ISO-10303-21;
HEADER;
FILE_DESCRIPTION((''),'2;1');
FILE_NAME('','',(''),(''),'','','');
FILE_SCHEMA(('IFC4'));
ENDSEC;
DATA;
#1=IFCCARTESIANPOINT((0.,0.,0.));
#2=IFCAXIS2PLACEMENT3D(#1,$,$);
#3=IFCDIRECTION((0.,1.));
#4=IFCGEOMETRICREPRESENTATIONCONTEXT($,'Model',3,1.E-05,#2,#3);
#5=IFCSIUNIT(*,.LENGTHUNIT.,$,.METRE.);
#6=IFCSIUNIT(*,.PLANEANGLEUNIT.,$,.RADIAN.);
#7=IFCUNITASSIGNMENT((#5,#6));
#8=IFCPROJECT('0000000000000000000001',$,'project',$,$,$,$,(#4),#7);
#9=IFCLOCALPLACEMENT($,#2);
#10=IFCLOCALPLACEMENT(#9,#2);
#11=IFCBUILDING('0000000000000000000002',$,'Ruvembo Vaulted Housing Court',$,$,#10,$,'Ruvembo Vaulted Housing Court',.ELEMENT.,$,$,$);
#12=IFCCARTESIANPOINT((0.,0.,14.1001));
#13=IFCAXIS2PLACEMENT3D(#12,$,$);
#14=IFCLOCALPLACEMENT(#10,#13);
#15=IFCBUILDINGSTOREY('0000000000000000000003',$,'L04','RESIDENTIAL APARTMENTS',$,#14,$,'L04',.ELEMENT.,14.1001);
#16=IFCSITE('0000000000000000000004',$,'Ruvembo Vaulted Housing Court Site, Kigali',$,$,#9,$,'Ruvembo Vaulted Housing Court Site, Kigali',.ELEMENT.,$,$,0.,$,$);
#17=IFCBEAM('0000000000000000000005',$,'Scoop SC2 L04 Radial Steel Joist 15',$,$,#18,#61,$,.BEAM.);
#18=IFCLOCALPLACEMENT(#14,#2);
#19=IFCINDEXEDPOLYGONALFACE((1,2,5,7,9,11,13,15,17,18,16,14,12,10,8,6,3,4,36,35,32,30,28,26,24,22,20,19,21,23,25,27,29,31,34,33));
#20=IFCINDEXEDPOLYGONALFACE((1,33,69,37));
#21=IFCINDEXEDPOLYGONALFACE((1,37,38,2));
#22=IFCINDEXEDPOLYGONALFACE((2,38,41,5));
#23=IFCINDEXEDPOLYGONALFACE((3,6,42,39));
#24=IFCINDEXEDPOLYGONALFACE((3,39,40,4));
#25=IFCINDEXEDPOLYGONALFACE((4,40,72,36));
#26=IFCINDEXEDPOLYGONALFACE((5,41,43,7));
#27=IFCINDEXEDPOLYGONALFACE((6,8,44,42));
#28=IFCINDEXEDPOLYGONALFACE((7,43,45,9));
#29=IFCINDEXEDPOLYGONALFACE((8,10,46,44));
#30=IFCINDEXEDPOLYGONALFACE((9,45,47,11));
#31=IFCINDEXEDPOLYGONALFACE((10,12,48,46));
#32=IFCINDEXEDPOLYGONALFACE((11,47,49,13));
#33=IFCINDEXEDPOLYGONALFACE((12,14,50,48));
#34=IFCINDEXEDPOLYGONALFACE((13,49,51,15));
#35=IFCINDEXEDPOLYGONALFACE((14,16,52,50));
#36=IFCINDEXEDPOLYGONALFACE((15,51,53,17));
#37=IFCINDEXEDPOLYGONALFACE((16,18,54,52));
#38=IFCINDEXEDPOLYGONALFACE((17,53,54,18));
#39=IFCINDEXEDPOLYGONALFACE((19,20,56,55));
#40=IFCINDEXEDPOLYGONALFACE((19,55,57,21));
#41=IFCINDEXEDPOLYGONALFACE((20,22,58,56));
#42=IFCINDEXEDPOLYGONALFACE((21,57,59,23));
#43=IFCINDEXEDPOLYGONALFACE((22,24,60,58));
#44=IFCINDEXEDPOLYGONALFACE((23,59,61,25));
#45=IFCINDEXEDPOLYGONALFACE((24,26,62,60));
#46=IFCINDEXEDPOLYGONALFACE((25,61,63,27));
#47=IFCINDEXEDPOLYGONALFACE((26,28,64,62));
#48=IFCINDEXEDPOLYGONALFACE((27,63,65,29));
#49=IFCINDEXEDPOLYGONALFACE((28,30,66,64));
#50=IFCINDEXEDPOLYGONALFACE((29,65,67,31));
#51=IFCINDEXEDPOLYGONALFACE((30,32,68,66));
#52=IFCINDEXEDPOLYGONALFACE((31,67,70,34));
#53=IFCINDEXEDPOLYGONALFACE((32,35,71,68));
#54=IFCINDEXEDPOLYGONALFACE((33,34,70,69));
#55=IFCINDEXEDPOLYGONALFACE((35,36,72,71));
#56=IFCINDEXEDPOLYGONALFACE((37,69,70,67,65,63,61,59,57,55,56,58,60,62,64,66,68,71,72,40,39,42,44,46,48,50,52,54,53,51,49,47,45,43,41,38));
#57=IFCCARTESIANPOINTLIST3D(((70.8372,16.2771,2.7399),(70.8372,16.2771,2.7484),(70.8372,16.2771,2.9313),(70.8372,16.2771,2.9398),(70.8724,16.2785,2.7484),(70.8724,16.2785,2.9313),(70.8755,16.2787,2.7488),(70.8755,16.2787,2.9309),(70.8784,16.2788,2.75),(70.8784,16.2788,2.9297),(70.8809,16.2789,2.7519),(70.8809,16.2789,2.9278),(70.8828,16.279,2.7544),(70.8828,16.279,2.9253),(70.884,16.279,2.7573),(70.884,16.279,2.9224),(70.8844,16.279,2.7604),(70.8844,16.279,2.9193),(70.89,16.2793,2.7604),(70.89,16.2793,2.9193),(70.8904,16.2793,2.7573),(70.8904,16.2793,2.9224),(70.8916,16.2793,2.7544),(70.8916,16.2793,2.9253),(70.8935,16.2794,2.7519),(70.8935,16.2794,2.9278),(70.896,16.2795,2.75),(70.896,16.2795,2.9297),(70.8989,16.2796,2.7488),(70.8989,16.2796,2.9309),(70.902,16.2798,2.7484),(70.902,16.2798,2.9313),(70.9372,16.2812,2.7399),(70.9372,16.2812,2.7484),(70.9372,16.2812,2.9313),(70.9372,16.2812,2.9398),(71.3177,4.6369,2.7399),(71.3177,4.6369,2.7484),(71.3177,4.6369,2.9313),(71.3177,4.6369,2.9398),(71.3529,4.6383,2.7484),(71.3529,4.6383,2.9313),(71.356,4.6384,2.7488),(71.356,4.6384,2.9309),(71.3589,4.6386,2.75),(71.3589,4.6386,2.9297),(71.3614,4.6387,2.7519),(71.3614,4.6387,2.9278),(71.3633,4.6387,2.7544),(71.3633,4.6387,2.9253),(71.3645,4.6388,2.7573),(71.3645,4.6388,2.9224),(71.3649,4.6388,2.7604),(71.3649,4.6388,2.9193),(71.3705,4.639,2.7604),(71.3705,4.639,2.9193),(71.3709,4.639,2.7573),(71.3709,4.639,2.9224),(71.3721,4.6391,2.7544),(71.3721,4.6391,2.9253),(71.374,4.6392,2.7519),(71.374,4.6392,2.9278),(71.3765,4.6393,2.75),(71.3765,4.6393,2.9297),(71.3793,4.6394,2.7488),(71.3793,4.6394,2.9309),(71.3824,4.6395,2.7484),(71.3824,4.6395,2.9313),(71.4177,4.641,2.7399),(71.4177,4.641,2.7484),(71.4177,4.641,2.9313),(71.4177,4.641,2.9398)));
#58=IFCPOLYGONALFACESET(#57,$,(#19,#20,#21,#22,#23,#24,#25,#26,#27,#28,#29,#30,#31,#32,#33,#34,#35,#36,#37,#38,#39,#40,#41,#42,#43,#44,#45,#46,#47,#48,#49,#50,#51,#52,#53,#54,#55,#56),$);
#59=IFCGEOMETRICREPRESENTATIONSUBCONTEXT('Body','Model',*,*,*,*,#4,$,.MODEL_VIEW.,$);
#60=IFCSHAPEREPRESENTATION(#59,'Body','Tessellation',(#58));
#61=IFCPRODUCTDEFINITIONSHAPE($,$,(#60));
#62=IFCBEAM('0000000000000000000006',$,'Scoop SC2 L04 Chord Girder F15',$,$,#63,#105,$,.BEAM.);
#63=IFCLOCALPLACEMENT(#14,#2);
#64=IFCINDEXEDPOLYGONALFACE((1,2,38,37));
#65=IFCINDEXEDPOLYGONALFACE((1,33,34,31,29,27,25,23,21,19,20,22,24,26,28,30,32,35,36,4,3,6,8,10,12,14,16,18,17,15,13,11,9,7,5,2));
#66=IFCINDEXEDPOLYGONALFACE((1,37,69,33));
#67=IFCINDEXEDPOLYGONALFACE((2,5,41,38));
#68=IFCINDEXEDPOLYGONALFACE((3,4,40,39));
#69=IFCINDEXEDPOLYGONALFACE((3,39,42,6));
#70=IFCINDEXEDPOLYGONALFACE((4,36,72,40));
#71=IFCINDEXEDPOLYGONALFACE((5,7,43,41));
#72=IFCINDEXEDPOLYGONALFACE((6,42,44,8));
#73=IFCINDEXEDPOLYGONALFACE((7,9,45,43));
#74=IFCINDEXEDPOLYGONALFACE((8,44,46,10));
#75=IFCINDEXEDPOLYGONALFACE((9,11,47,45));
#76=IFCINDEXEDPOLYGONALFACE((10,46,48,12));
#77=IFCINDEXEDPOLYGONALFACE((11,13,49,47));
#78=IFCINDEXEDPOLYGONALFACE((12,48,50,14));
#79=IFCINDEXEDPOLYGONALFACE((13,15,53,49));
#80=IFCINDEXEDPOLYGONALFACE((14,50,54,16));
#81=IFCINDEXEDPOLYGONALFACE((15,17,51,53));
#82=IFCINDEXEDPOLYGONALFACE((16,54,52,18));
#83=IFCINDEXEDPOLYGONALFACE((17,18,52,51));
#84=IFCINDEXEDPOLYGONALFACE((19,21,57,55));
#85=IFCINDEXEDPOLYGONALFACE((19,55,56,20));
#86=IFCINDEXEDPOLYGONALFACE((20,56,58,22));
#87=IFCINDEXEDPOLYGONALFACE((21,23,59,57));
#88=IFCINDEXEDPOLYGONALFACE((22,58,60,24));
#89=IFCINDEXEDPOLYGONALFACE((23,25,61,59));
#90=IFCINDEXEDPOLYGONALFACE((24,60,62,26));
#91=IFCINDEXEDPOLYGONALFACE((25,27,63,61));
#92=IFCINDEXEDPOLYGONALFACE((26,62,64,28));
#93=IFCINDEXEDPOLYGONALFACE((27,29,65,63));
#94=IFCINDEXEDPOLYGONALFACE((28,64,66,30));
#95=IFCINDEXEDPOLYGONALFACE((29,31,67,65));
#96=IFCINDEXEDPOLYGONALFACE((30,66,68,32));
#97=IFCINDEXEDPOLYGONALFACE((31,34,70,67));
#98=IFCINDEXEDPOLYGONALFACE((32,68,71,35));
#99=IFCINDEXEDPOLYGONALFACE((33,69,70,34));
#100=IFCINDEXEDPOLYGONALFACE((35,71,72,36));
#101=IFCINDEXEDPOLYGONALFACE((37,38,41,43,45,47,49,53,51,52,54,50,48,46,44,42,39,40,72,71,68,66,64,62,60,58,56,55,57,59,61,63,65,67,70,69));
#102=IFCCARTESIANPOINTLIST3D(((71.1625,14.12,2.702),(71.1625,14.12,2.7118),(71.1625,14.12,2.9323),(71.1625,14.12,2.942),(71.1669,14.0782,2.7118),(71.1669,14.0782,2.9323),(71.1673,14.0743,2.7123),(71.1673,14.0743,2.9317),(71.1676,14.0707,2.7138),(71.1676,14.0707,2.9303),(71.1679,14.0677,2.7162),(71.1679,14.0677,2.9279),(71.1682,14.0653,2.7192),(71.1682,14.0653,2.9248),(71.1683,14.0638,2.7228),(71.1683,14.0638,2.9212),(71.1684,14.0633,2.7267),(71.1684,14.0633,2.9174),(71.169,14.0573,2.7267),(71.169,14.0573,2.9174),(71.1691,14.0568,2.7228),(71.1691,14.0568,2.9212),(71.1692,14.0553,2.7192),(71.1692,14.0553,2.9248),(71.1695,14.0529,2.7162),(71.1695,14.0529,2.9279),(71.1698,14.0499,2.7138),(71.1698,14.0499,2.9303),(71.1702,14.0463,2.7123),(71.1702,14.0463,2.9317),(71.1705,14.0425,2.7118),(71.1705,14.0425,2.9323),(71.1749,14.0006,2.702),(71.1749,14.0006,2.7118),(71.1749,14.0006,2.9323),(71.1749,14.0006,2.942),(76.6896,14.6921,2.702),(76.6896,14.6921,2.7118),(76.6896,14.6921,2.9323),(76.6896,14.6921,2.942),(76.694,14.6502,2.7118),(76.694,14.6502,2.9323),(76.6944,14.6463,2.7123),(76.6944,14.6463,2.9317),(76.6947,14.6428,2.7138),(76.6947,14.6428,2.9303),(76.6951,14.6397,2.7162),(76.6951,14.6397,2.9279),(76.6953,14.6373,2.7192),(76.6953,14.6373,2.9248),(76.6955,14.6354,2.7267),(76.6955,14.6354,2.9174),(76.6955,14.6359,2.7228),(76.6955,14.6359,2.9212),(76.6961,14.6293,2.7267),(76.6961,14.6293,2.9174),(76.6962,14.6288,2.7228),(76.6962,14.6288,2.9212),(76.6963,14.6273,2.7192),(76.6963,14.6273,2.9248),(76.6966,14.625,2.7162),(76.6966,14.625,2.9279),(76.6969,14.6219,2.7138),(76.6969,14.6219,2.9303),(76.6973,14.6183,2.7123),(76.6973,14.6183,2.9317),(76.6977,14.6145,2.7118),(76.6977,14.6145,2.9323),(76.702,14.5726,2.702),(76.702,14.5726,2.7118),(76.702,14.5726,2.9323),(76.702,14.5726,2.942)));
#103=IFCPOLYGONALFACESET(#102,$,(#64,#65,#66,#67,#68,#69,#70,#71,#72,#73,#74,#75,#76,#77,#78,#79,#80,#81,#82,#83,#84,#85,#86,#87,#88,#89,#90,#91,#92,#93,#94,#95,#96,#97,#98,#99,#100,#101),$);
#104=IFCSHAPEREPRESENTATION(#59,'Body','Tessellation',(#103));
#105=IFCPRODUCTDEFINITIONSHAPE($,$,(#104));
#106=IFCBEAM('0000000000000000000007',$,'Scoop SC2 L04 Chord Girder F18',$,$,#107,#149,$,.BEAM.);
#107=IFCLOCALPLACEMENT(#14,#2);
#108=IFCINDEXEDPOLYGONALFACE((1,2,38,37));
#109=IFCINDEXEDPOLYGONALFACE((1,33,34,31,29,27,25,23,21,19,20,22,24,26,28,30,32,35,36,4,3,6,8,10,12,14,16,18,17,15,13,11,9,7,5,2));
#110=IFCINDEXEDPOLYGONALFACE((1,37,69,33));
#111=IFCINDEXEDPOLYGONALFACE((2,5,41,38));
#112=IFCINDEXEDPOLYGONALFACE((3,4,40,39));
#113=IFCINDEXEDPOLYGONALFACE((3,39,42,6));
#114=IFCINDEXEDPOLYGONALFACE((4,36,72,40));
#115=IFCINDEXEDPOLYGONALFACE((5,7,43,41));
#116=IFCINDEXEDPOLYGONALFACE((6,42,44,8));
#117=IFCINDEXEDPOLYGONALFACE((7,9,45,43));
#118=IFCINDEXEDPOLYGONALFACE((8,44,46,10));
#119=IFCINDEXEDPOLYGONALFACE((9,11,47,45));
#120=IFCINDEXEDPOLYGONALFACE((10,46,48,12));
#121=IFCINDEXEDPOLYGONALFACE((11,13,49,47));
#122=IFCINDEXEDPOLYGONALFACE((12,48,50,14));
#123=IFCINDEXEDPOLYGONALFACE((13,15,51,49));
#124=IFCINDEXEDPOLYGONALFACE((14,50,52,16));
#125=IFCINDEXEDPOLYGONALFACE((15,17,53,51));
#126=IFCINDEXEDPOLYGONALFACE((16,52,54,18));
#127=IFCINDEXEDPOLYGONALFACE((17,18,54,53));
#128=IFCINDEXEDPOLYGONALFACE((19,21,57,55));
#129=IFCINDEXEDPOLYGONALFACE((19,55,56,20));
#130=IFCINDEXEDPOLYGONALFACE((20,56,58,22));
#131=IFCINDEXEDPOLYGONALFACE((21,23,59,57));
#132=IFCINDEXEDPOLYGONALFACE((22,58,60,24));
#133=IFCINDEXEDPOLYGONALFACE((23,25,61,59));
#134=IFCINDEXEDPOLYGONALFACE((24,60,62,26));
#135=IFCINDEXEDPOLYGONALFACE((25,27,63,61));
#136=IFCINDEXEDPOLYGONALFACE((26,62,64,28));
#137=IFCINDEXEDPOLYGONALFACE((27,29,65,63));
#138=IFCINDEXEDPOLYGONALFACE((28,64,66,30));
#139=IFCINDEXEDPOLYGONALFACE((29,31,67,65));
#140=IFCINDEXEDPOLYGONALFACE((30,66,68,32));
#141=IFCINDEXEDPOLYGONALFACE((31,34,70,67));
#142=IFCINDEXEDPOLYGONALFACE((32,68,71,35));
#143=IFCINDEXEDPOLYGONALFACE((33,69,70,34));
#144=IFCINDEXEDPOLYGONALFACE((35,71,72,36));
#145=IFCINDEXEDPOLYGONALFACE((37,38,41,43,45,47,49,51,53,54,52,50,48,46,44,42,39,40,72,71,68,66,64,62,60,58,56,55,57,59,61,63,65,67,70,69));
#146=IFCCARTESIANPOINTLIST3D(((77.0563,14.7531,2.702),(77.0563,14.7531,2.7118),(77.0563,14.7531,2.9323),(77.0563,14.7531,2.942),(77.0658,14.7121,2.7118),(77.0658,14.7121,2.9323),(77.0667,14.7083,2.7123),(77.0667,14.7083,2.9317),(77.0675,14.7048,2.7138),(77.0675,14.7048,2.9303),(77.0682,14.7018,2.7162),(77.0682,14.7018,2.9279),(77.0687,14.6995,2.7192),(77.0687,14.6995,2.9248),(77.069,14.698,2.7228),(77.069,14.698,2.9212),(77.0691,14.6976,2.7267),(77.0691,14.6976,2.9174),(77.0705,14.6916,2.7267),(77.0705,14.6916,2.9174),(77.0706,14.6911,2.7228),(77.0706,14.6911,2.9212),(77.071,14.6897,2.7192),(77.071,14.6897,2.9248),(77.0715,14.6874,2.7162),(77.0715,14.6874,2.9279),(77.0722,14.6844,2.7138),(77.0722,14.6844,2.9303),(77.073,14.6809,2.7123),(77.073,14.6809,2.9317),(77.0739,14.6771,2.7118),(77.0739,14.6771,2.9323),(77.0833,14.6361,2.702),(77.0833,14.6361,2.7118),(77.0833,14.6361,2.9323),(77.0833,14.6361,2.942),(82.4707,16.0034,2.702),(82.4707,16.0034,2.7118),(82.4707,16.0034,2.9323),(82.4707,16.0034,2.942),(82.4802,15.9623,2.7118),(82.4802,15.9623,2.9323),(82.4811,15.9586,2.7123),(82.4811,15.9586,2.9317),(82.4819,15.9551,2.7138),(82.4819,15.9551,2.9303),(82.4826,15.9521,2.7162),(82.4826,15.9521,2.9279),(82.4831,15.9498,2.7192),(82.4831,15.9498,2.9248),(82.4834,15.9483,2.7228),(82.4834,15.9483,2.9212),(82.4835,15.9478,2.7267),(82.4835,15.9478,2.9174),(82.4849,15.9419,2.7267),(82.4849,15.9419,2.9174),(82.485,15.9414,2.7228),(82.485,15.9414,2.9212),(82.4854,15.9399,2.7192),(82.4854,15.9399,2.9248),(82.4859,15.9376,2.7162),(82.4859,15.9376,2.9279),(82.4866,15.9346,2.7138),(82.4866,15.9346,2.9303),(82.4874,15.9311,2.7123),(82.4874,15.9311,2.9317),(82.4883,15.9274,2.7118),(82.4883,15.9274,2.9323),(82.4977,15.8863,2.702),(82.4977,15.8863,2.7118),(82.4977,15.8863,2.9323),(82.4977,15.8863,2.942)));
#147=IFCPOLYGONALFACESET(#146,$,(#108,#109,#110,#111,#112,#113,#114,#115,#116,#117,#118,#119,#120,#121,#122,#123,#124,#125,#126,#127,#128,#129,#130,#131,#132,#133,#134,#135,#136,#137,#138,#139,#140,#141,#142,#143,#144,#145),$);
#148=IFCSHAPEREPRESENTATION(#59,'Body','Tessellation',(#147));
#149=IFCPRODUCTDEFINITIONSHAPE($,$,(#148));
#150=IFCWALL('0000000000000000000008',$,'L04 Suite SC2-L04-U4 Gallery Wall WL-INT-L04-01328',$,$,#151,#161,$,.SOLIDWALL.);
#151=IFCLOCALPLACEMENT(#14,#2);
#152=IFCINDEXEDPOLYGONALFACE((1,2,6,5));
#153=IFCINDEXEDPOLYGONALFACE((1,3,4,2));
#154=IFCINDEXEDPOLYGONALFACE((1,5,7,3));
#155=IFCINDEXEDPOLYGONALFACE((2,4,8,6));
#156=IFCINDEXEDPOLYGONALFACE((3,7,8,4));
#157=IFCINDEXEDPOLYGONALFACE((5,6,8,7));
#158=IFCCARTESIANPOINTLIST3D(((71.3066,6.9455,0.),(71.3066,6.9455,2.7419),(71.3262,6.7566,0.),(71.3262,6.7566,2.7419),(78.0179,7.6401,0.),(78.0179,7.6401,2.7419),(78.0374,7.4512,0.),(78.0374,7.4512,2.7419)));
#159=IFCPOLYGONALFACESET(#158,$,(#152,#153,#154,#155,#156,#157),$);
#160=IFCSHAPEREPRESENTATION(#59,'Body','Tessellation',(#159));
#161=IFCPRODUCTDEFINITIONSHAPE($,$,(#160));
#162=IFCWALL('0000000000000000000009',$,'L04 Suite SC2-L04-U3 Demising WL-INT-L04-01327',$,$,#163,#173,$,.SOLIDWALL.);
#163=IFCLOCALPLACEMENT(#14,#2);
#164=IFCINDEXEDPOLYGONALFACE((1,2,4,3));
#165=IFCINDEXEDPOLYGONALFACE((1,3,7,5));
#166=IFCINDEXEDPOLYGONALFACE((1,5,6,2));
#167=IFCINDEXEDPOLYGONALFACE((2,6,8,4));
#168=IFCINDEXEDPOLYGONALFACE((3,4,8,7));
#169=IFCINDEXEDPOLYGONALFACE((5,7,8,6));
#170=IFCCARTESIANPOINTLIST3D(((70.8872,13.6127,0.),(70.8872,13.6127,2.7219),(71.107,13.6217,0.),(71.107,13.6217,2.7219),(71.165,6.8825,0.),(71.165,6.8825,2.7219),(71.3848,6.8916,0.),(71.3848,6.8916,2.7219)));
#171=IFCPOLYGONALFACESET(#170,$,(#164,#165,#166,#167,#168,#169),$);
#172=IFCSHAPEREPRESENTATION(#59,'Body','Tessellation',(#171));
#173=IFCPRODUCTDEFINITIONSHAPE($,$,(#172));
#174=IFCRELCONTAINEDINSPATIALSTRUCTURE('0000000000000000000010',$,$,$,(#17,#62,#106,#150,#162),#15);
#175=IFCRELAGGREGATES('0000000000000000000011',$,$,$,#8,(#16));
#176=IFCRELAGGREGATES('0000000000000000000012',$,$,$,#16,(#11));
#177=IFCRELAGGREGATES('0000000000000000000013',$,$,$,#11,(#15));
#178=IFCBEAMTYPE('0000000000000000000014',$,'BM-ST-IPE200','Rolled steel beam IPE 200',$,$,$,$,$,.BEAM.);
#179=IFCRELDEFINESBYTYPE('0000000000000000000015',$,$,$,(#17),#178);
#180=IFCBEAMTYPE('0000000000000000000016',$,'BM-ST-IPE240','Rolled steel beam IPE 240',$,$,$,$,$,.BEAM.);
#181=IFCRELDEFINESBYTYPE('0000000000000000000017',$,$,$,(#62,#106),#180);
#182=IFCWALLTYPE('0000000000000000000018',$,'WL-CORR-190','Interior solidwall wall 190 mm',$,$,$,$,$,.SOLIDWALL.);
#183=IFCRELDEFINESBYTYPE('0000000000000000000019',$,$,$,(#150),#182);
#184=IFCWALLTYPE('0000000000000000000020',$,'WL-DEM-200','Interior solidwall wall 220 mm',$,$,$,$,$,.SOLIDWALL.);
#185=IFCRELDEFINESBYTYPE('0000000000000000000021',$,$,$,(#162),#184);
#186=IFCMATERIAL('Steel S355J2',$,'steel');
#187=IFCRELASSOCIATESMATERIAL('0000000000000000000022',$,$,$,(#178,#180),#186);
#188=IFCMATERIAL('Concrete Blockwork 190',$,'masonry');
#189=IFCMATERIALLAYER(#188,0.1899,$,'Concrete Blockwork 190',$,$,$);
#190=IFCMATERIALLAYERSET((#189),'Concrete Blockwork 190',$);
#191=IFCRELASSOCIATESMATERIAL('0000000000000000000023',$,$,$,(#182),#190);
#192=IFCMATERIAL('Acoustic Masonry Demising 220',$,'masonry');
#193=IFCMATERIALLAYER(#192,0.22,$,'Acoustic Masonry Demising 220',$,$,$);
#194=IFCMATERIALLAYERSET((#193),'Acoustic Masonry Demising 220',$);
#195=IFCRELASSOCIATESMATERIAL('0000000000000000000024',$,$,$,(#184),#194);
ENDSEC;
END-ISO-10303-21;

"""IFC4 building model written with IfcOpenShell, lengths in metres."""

from ifc_helpers import new_model, si_unit, direction, frame, frame_2d, origin, origin_2d, place, context, subcontext, project, spatial, rectangle, i_section, extrude, material, layer, layer_set, material_profile, profile_set, type_object, element, save


model = new_model("IFC4")

# Units and contexts
model_context = context("Model", 3, precision=1e-05, world=origin(), true_north=direction((0.0, 1.0)))
body_context = subcontext(model_context, "Body", "Model", "MODEL_VIEW")
ifc_project = project(units=[si_unit("LENGTHUNIT", "METRE"), si_unit("PLANEANGLEUNIT", "RADIAN")], contexts=[model_context])

# Site, building, storey
site_placement = place(None, origin())
site = spatial("IfcSite", under=ifc_project, at=site_placement, Name="Ruvembo Vaulted Housing Court Site, Kigali", LongName="Ruvembo Vaulted Housing Court Site, Kigali", CompositionType="ELEMENT", RefElevation=0.0)
building_placement = place(site_placement, origin())
building = spatial("IfcBuilding", under=site, at=building_placement, Name="Ruvembo Vaulted Housing Court", LongName="Ruvembo Vaulted Housing Court", CompositionType="ELEMENT")
storey_placement = place(building_placement, frame((0.0, 0.0, 14.1001)))
storey = spatial("IfcBuildingStorey", under=building, at=storey_placement, Name="L04", Description="RESIDENTIAL APARTMENTS", LongName="L04", CompositionType="ELEMENT", Elevation=14.1001)

# Beams
ifc_material_1 = material(Name="Steel S355J2", Category="steel")
ifc_material_profile_1 = material_profile(ifc_material_1, i_section(OverallWidth=0.1001, OverallDepth=0.2, WebThickness=0.0056, FlangeThickness=0.0085, FilletRadius=0.012, at=origin_2d()), Name="IPE 200")
ifc_profile_set_1 = profile_set([ifc_material_profile_1], Name="Steel S355J2")
beam_type_1 = type_object("IfcBeamType", Name="BM-ST-IPE200", Description="Rolled steel beam IPE 200", PredefinedType="BEAM", material=ifc_profile_set_1)
beam_1_placement = place(storey_placement, frame((71.3677, 4.6389, 2.8398), z_axis=(-0.041242, 0.999149, 0.0), x_axis=(-0.999149, -0.041242, 0.0)))
element("IfcBeam", 1, at=beam_1_placement, inside=storey, type_object=beam_type_1, Name="Scoop SC2 L04 Radial Steel Joist 15", PredefinedType="BEAM", context=body_context, shape_type="SweptSolid", body=[
    extrude(i_section(OverallWidth=0.1001, OverallDepth=0.2, WebThickness=0.0056, FlangeThickness=0.0085, FilletRadius=0.012, at=origin_2d()), origin(), (0.0, 0.0, 1.0), 11.6501),
])
ifc_material_profile_2 = material_profile(ifc_material_1, i_section(OverallWidth=0.1201, OverallDepth=0.24, WebThickness=0.0061, FlangeThickness=0.0098, FilletRadius=0.0149, at=origin_2d()), Name="IPE 240")
ifc_profile_set_2 = profile_set([ifc_material_profile_2], Name="Steel S355J2")
beam_type_2 = type_object("IfcBeamType", Name="BM-ST-IPE240", Description="Rolled steel beam IPE 240", PredefinedType="BEAM", material=ifc_profile_set_2)
beam_2_placement = place(storey_placement, frame((71.1687, 14.0603, 2.822), z_axis=(0.994687, 0.102944, 0.0), x_axis=(-0.102944, 0.994687, 0.0)))
element("IfcBeam", 2, at=beam_2_placement, inside=storey, type_object=beam_type_2, Name="Scoop SC2 L04 Chord Girder F15", PredefinedType="BEAM", context=body_context, shape_type="SweptSolid", body=[
    extrude(i_section(OverallWidth=0.1201, OverallDepth=0.24, WebThickness=0.0061, FlangeThickness=0.0098, FilletRadius=0.0149, at=origin_2d()), origin(), (0.0, 0.0, 1.0), 5.5566),
])
beam_3_placement = place(storey_placement, frame((77.0698, 14.6946, 2.822), z_axis=(0.97436, 0.224994, 0.0), x_axis=(-0.224994, 0.97436, 0.0)))
element("IfcBeam", 3, at=beam_3_placement, inside=storey, type_object=beam_type_2, Name="Scoop SC2 L04 Chord Girder F18", PredefinedType="BEAM", context=body_context, shape_type="SweptSolid", body=[
    extrude(i_section(OverallWidth=0.1201, OverallDepth=0.24, WebThickness=0.0061, FlangeThickness=0.0098, FilletRadius=0.0149, at=origin_2d()), origin(), (0.0, 0.0, 1.0), 5.5569),
])

# Wall
ifc_material_2 = material(Name="Concrete Blockwork 190", Category="masonry")
ifc_layer_1 = layer(ifc_material_2, 0.1899, Name="Concrete Blockwork 190")
ifc_layer_set_1 = layer_set([ifc_layer_1], Name="Concrete Blockwork 190")
wall_type_1 = type_object("IfcWallType", Name="WL-CORR-190", Description="Interior solidwall wall 190 mm", PredefinedType="SOLIDWALL", material=ifc_layer_set_1)
wall_1_placement = place(storey_placement, frame((71.3164, 6.8511, 0.0), z_axis=(0.0, 0.0, 1.0), x_axis=(0.994687, 0.102946, 0.0)))
element("IfcWall", 4, at=wall_1_placement, inside=storey, type_object=wall_type_1, Name="L04 Suite SC2-L04-U4 Gallery Wall WL-INT-L04-01328", PredefinedType="SOLIDWALL", context=body_context, shape_type="SweptSolid", body=[
    extrude(rectangle(XDim=6.7471, YDim=0.1899, at=frame_2d((3.3735, 0.0))), origin(), (0.0, 0.0, 1.0), 2.7419),
])

# Wall
ifc_material_3 = material(Name="Acoustic Masonry Demising 220", Category="masonry")
ifc_layer_2 = layer(ifc_material_3, 0.22, Name="Acoustic Masonry Demising 220")
ifc_layer_set_2 = layer_set([ifc_layer_2], Name="Acoustic Masonry Demising 220")
wall_type_2 = type_object("IfcWallType", Name="WL-DEM-200", Description="Interior solidwall wall 220 mm", PredefinedType="SOLIDWALL", material=ifc_layer_set_2)
wall_2_placement = place(storey_placement, frame((70.9971, 13.6172, 0.0), z_axis=(0.0, 0.0, 1.0), x_axis=(0.041246, -0.999149, 0.0)))
element("IfcWall", 5, at=wall_2_placement, inside=storey, type_object=wall_type_2, Name="L04 Suite SC2-L04-U3 Demising WL-INT-L04-01327", PredefinedType="SOLIDWALL", context=body_context, shape_type="SweptSolid", body=[
    extrude(rectangle(XDim=6.7358, YDim=0.22, at=frame_2d((3.3679, 0.0))), origin(), (0.0, 0.0, 1.0), 2.7219),
])

save(model, "model.ifc")
